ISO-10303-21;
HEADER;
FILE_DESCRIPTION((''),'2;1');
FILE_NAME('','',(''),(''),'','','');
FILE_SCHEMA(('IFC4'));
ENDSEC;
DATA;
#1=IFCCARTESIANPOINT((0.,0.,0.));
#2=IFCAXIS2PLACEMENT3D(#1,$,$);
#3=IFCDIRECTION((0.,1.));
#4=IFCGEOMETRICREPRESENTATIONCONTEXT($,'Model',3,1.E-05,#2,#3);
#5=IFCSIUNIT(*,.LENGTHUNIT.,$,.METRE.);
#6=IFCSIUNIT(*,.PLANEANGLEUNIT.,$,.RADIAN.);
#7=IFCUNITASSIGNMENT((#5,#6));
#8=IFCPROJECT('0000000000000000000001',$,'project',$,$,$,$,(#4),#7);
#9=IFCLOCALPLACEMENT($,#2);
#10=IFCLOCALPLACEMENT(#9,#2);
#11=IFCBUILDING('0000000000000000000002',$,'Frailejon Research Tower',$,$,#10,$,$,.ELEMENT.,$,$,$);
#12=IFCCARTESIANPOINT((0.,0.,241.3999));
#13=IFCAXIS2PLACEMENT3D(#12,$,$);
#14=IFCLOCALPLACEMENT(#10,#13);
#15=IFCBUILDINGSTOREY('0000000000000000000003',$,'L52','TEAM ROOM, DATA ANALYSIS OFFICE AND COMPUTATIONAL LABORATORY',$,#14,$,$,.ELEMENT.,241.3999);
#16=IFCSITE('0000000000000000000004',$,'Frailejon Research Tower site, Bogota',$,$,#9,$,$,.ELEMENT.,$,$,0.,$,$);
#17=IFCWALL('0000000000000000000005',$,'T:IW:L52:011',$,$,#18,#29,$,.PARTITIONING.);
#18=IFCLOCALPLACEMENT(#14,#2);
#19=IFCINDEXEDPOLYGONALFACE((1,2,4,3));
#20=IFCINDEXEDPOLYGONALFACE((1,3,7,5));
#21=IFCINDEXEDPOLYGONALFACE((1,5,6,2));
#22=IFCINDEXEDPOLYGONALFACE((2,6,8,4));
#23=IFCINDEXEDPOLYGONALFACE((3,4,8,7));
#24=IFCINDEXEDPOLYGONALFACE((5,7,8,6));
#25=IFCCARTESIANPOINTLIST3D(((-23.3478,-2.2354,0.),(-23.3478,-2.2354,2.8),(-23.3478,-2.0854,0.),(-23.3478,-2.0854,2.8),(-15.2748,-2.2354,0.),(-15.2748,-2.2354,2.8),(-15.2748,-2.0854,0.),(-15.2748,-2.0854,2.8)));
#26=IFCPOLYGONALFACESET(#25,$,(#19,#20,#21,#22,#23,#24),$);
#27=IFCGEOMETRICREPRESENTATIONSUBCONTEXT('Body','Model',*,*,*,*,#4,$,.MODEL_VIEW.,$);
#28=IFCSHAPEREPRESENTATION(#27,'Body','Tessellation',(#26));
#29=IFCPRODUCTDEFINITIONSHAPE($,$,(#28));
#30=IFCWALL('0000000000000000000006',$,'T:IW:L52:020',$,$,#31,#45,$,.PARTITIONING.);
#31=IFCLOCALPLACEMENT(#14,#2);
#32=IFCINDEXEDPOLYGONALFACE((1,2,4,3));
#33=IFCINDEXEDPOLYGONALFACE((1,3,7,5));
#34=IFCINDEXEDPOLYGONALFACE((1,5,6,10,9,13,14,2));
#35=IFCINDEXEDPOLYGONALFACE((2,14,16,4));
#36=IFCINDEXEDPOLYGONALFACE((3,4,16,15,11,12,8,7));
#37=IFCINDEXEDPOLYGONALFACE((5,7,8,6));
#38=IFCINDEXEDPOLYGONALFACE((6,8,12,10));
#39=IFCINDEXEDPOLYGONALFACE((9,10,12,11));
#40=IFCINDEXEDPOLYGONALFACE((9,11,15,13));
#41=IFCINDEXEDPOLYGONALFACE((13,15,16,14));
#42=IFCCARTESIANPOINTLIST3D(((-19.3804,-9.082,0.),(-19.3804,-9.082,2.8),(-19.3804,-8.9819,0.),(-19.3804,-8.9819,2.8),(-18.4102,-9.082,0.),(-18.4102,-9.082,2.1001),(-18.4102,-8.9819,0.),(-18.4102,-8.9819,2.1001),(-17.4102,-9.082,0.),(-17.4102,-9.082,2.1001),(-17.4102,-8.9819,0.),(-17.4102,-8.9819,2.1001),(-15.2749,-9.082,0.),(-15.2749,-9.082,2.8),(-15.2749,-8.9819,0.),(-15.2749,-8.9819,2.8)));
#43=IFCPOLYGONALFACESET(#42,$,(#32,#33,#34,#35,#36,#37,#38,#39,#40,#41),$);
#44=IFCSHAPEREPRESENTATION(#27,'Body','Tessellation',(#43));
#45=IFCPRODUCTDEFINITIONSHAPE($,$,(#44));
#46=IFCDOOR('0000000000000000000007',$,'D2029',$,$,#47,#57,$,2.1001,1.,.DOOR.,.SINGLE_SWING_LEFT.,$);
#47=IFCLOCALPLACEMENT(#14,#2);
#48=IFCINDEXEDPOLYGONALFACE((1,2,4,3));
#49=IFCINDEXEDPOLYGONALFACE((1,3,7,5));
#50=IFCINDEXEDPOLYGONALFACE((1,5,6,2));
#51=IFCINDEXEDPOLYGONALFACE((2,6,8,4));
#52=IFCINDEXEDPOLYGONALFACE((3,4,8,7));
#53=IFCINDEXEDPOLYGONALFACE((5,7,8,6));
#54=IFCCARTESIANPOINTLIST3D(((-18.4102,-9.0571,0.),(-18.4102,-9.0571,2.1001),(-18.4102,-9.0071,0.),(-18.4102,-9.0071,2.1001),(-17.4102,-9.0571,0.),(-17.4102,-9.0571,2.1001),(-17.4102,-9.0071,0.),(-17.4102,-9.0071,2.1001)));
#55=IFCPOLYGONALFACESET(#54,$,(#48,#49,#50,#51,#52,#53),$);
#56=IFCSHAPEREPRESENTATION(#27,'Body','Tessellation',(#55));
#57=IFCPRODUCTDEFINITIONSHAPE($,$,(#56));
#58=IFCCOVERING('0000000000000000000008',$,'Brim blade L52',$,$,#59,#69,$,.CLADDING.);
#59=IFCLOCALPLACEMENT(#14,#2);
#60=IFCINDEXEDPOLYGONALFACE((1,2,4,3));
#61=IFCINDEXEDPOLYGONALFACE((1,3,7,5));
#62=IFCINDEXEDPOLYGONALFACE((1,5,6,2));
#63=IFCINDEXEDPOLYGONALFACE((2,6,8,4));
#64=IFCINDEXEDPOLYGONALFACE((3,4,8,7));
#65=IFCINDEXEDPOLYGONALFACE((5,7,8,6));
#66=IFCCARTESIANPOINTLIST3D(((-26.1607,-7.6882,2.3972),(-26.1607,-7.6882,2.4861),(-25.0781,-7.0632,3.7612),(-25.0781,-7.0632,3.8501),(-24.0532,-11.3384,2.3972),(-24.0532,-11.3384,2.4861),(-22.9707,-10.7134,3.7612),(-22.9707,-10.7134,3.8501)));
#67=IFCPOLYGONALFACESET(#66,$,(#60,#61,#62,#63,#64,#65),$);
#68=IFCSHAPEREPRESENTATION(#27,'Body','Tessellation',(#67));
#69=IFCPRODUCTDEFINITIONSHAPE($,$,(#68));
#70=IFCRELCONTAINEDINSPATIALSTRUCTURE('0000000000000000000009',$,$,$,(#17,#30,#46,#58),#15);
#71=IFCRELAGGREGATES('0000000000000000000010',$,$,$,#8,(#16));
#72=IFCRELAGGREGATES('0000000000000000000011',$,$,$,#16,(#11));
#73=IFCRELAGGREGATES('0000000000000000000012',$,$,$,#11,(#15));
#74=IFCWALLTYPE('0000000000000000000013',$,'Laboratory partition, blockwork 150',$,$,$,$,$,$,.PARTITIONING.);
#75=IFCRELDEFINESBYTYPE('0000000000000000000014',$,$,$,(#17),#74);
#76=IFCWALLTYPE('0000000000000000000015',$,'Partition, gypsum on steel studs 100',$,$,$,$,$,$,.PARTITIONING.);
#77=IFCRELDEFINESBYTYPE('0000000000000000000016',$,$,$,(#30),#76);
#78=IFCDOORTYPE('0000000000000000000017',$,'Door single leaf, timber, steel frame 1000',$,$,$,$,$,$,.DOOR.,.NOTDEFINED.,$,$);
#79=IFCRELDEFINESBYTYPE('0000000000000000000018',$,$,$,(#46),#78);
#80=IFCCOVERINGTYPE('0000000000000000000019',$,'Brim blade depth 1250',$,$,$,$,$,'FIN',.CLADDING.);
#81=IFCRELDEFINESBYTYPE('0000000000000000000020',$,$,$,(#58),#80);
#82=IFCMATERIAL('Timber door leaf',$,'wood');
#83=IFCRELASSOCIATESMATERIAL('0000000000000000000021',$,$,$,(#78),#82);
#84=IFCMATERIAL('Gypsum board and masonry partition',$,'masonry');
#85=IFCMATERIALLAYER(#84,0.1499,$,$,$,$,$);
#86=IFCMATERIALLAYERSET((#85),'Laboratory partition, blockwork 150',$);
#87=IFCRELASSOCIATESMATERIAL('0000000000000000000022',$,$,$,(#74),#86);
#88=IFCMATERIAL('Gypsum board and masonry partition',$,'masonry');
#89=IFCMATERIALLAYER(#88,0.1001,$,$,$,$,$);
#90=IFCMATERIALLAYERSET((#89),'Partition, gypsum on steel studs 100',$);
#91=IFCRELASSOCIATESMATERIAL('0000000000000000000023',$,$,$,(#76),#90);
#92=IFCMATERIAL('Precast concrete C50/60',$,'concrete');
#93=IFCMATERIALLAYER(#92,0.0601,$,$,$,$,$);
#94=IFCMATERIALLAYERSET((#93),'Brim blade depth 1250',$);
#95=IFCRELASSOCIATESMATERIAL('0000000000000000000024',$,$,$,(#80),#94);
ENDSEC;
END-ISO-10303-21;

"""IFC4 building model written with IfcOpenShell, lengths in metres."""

from ifc_helpers import new_model, si_unit, direction, frame, frame_2d, origin, place, context, subcontext, project, spatial, polyline, rectangle, outline, extrude, material, layer, layer_set, type_object, element, fill, save


model = new_model("IFC4")

# Units and contexts
model_context = context("Model", 3, precision=1e-05, world=origin(), true_north=direction((0.0, 1.0)))
body_context = subcontext(model_context, "Body", "Model", "MODEL_VIEW")
ifc_project = project(units=[si_unit("LENGTHUNIT", "METRE"), si_unit("PLANEANGLEUNIT", "RADIAN")], contexts=[model_context])

# Site, building, storey
site_placement = place(None, origin())
site = spatial("IfcSite", under=ifc_project, at=site_placement, Name="Frailejon Research Tower site, Bogota", CompositionType="ELEMENT", RefElevation=0.0)
building_placement = place(site_placement, origin())
building = spatial("IfcBuilding", under=site, at=building_placement, Name="Frailejon Research Tower", CompositionType="ELEMENT")
storey_placement = place(building_placement, frame((0.0, 0.0, 241.3999)))
storey = spatial("IfcBuildingStorey", under=building, at=storey_placement, Name="L52", Description="TEAM ROOM, DATA ANALYSIS OFFICE AND COMPUTATIONAL LABORATORY", CompositionType="ELEMENT", Elevation=241.3999)

# Shared definitions
ifc_material_1 = material(Name="Timber door leaf", Category="wood")
door_type_1 = type_object("IfcDoorType", Name="Door single leaf, timber, steel frame 1000", OperationType="NOTDEFINED", PredefinedType="DOOR", material=ifc_material_1)

# Wall
ifc_material_2 = material(Name="Gypsum board and masonry partition", Category="masonry")
ifc_layer_1 = layer(ifc_material_2, 0.1499)
ifc_layer_set_1 = layer_set([ifc_layer_1], Name="Laboratory partition, blockwork 150")
wall_type_1 = type_object("IfcWallType", Name="Laboratory partition, blockwork 150", PredefinedType="PARTITIONING", material=ifc_layer_set_1)
wall_1_placement = place(storey_placement, frame((-23.3479, -2.1604, 0.0), z_axis=(0.0, 0.0, 1.0), x_axis=(1.0, 0.0, 0.0)))
element("IfcWall", 1, at=wall_1_placement, inside=storey, type_object=wall_type_1, Name="T:IW:L52:011", PredefinedType="PARTITIONING", context=body_context, shape_type="SweptSolid", body=[
    extrude(rectangle(XDim=8.073, YDim=0.1499, at=frame_2d((4.0366, 0.0))), origin(), (0.0, 0.0, 1.0), 2.8),
])

# Wall, opening, door
ifc_material_3 = material(Name="Gypsum board and masonry partition", Category="masonry")
ifc_layer_2 = layer(ifc_material_3, 0.1001)
ifc_layer_set_2 = layer_set([ifc_layer_2], Name="Partition, gypsum on steel studs 100")
wall_type_2 = type_object("IfcWallType", Name="Partition, gypsum on steel studs 100", PredefinedType="PARTITIONING", material=ifc_layer_set_2)
wall_2_placement = place(storey_placement, frame((-19.3804, -9.032, 0.0), z_axis=(0.0, 0.0, 1.0), x_axis=(1.0, 0.0, 0.0)))
wall_2 = element("IfcWall", 2, at=wall_2_placement, inside=storey, type_object=wall_type_2, Name="T:IW:L52:020", PredefinedType="PARTITIONING", context=body_context, shape_type="SweptSolid", body=[
    extrude(rectangle(XDim=4.1055, YDim=0.1001, at=frame_2d((2.0527, 0.0))), origin(), (0.0, 0.0, 1.0), 2.8),
])
opening_1_placement = place(wall_2_placement, frame((0.9702, 0.0, 0.0)))
opening_1 = element("IfcOpeningElement", 3, at=opening_1_placement, cuts=wall_2, PredefinedType="OPENING", context=body_context, shape_type="SweptSolid", body=[
    extrude(rectangle(XDim=1.0, YDim=2.1001, at=frame_2d((0.5, 1.05))), frame((0.0, 0.0601, 0.0), z_axis=(0.0, -1.0, 0.0), x_axis=(1.0, 0.0, 0.0)), (0.0, 0.0, 1.0), 0.1201),
])
door_1_placement = place(opening_1_placement, origin())
door_1 = element("IfcDoor", 4, at=door_1_placement, inside=storey, type_object=door_type_1, Name="D2029", OperationType="SINGLE_SWING_LEFT", OverallHeight=2.1001, OverallWidth=1.0, PredefinedType="DOOR", context=body_context, shape_type="SweptSolid", body=[
    extrude(rectangle(XDim=1.0, YDim=2.1001, at=frame_2d((0.5, 1.05))), frame((0.0, 0.0249, 0.0), z_axis=(0.0, -1.0, 0.0), x_axis=(1.0, 0.0, 0.0)), (0.0, 0.0, 1.0), 0.05),
])
fill(opening_1, door_1)

# Covering
ifc_material_4 = material(Name="Precast concrete C50/60", Category="concrete")
ifc_layer_3 = layer(ifc_material_4, 0.0601)
ifc_layer_set_3 = layer_set([ifc_layer_3], Name="Brim blade depth 1250")
covering_type = type_object("IfcCoveringType", Name="Brim blade depth 1250", ElementType="FIN", PredefinedType="CLADDING", material=ifc_layer_set_3)
covering_placement = place(storey_placement, frame((-22.9707, -10.7134, 3.8501), z_axis=(-0.500003, 0.866024, 0.0), x_axis=(-0.866024, -0.500003, 0.0)))
element("IfcCovering", 5, at=covering_placement, inside=storey, type_object=covering_type, Name="Brim blade L52", PredefinedType="CLADDING", context=body_context, shape_type="SweptSolid", body=[
    extrude(outline(polyline([(0.0, -0.0889), (1.25, -1.4529), (1.25, -1.364), (0.0, 0.0), (0.0, -0.0889)])), origin(), (0.0, 0.0, 1.0), 4.2148),
])

save(model, "model.ifc")
